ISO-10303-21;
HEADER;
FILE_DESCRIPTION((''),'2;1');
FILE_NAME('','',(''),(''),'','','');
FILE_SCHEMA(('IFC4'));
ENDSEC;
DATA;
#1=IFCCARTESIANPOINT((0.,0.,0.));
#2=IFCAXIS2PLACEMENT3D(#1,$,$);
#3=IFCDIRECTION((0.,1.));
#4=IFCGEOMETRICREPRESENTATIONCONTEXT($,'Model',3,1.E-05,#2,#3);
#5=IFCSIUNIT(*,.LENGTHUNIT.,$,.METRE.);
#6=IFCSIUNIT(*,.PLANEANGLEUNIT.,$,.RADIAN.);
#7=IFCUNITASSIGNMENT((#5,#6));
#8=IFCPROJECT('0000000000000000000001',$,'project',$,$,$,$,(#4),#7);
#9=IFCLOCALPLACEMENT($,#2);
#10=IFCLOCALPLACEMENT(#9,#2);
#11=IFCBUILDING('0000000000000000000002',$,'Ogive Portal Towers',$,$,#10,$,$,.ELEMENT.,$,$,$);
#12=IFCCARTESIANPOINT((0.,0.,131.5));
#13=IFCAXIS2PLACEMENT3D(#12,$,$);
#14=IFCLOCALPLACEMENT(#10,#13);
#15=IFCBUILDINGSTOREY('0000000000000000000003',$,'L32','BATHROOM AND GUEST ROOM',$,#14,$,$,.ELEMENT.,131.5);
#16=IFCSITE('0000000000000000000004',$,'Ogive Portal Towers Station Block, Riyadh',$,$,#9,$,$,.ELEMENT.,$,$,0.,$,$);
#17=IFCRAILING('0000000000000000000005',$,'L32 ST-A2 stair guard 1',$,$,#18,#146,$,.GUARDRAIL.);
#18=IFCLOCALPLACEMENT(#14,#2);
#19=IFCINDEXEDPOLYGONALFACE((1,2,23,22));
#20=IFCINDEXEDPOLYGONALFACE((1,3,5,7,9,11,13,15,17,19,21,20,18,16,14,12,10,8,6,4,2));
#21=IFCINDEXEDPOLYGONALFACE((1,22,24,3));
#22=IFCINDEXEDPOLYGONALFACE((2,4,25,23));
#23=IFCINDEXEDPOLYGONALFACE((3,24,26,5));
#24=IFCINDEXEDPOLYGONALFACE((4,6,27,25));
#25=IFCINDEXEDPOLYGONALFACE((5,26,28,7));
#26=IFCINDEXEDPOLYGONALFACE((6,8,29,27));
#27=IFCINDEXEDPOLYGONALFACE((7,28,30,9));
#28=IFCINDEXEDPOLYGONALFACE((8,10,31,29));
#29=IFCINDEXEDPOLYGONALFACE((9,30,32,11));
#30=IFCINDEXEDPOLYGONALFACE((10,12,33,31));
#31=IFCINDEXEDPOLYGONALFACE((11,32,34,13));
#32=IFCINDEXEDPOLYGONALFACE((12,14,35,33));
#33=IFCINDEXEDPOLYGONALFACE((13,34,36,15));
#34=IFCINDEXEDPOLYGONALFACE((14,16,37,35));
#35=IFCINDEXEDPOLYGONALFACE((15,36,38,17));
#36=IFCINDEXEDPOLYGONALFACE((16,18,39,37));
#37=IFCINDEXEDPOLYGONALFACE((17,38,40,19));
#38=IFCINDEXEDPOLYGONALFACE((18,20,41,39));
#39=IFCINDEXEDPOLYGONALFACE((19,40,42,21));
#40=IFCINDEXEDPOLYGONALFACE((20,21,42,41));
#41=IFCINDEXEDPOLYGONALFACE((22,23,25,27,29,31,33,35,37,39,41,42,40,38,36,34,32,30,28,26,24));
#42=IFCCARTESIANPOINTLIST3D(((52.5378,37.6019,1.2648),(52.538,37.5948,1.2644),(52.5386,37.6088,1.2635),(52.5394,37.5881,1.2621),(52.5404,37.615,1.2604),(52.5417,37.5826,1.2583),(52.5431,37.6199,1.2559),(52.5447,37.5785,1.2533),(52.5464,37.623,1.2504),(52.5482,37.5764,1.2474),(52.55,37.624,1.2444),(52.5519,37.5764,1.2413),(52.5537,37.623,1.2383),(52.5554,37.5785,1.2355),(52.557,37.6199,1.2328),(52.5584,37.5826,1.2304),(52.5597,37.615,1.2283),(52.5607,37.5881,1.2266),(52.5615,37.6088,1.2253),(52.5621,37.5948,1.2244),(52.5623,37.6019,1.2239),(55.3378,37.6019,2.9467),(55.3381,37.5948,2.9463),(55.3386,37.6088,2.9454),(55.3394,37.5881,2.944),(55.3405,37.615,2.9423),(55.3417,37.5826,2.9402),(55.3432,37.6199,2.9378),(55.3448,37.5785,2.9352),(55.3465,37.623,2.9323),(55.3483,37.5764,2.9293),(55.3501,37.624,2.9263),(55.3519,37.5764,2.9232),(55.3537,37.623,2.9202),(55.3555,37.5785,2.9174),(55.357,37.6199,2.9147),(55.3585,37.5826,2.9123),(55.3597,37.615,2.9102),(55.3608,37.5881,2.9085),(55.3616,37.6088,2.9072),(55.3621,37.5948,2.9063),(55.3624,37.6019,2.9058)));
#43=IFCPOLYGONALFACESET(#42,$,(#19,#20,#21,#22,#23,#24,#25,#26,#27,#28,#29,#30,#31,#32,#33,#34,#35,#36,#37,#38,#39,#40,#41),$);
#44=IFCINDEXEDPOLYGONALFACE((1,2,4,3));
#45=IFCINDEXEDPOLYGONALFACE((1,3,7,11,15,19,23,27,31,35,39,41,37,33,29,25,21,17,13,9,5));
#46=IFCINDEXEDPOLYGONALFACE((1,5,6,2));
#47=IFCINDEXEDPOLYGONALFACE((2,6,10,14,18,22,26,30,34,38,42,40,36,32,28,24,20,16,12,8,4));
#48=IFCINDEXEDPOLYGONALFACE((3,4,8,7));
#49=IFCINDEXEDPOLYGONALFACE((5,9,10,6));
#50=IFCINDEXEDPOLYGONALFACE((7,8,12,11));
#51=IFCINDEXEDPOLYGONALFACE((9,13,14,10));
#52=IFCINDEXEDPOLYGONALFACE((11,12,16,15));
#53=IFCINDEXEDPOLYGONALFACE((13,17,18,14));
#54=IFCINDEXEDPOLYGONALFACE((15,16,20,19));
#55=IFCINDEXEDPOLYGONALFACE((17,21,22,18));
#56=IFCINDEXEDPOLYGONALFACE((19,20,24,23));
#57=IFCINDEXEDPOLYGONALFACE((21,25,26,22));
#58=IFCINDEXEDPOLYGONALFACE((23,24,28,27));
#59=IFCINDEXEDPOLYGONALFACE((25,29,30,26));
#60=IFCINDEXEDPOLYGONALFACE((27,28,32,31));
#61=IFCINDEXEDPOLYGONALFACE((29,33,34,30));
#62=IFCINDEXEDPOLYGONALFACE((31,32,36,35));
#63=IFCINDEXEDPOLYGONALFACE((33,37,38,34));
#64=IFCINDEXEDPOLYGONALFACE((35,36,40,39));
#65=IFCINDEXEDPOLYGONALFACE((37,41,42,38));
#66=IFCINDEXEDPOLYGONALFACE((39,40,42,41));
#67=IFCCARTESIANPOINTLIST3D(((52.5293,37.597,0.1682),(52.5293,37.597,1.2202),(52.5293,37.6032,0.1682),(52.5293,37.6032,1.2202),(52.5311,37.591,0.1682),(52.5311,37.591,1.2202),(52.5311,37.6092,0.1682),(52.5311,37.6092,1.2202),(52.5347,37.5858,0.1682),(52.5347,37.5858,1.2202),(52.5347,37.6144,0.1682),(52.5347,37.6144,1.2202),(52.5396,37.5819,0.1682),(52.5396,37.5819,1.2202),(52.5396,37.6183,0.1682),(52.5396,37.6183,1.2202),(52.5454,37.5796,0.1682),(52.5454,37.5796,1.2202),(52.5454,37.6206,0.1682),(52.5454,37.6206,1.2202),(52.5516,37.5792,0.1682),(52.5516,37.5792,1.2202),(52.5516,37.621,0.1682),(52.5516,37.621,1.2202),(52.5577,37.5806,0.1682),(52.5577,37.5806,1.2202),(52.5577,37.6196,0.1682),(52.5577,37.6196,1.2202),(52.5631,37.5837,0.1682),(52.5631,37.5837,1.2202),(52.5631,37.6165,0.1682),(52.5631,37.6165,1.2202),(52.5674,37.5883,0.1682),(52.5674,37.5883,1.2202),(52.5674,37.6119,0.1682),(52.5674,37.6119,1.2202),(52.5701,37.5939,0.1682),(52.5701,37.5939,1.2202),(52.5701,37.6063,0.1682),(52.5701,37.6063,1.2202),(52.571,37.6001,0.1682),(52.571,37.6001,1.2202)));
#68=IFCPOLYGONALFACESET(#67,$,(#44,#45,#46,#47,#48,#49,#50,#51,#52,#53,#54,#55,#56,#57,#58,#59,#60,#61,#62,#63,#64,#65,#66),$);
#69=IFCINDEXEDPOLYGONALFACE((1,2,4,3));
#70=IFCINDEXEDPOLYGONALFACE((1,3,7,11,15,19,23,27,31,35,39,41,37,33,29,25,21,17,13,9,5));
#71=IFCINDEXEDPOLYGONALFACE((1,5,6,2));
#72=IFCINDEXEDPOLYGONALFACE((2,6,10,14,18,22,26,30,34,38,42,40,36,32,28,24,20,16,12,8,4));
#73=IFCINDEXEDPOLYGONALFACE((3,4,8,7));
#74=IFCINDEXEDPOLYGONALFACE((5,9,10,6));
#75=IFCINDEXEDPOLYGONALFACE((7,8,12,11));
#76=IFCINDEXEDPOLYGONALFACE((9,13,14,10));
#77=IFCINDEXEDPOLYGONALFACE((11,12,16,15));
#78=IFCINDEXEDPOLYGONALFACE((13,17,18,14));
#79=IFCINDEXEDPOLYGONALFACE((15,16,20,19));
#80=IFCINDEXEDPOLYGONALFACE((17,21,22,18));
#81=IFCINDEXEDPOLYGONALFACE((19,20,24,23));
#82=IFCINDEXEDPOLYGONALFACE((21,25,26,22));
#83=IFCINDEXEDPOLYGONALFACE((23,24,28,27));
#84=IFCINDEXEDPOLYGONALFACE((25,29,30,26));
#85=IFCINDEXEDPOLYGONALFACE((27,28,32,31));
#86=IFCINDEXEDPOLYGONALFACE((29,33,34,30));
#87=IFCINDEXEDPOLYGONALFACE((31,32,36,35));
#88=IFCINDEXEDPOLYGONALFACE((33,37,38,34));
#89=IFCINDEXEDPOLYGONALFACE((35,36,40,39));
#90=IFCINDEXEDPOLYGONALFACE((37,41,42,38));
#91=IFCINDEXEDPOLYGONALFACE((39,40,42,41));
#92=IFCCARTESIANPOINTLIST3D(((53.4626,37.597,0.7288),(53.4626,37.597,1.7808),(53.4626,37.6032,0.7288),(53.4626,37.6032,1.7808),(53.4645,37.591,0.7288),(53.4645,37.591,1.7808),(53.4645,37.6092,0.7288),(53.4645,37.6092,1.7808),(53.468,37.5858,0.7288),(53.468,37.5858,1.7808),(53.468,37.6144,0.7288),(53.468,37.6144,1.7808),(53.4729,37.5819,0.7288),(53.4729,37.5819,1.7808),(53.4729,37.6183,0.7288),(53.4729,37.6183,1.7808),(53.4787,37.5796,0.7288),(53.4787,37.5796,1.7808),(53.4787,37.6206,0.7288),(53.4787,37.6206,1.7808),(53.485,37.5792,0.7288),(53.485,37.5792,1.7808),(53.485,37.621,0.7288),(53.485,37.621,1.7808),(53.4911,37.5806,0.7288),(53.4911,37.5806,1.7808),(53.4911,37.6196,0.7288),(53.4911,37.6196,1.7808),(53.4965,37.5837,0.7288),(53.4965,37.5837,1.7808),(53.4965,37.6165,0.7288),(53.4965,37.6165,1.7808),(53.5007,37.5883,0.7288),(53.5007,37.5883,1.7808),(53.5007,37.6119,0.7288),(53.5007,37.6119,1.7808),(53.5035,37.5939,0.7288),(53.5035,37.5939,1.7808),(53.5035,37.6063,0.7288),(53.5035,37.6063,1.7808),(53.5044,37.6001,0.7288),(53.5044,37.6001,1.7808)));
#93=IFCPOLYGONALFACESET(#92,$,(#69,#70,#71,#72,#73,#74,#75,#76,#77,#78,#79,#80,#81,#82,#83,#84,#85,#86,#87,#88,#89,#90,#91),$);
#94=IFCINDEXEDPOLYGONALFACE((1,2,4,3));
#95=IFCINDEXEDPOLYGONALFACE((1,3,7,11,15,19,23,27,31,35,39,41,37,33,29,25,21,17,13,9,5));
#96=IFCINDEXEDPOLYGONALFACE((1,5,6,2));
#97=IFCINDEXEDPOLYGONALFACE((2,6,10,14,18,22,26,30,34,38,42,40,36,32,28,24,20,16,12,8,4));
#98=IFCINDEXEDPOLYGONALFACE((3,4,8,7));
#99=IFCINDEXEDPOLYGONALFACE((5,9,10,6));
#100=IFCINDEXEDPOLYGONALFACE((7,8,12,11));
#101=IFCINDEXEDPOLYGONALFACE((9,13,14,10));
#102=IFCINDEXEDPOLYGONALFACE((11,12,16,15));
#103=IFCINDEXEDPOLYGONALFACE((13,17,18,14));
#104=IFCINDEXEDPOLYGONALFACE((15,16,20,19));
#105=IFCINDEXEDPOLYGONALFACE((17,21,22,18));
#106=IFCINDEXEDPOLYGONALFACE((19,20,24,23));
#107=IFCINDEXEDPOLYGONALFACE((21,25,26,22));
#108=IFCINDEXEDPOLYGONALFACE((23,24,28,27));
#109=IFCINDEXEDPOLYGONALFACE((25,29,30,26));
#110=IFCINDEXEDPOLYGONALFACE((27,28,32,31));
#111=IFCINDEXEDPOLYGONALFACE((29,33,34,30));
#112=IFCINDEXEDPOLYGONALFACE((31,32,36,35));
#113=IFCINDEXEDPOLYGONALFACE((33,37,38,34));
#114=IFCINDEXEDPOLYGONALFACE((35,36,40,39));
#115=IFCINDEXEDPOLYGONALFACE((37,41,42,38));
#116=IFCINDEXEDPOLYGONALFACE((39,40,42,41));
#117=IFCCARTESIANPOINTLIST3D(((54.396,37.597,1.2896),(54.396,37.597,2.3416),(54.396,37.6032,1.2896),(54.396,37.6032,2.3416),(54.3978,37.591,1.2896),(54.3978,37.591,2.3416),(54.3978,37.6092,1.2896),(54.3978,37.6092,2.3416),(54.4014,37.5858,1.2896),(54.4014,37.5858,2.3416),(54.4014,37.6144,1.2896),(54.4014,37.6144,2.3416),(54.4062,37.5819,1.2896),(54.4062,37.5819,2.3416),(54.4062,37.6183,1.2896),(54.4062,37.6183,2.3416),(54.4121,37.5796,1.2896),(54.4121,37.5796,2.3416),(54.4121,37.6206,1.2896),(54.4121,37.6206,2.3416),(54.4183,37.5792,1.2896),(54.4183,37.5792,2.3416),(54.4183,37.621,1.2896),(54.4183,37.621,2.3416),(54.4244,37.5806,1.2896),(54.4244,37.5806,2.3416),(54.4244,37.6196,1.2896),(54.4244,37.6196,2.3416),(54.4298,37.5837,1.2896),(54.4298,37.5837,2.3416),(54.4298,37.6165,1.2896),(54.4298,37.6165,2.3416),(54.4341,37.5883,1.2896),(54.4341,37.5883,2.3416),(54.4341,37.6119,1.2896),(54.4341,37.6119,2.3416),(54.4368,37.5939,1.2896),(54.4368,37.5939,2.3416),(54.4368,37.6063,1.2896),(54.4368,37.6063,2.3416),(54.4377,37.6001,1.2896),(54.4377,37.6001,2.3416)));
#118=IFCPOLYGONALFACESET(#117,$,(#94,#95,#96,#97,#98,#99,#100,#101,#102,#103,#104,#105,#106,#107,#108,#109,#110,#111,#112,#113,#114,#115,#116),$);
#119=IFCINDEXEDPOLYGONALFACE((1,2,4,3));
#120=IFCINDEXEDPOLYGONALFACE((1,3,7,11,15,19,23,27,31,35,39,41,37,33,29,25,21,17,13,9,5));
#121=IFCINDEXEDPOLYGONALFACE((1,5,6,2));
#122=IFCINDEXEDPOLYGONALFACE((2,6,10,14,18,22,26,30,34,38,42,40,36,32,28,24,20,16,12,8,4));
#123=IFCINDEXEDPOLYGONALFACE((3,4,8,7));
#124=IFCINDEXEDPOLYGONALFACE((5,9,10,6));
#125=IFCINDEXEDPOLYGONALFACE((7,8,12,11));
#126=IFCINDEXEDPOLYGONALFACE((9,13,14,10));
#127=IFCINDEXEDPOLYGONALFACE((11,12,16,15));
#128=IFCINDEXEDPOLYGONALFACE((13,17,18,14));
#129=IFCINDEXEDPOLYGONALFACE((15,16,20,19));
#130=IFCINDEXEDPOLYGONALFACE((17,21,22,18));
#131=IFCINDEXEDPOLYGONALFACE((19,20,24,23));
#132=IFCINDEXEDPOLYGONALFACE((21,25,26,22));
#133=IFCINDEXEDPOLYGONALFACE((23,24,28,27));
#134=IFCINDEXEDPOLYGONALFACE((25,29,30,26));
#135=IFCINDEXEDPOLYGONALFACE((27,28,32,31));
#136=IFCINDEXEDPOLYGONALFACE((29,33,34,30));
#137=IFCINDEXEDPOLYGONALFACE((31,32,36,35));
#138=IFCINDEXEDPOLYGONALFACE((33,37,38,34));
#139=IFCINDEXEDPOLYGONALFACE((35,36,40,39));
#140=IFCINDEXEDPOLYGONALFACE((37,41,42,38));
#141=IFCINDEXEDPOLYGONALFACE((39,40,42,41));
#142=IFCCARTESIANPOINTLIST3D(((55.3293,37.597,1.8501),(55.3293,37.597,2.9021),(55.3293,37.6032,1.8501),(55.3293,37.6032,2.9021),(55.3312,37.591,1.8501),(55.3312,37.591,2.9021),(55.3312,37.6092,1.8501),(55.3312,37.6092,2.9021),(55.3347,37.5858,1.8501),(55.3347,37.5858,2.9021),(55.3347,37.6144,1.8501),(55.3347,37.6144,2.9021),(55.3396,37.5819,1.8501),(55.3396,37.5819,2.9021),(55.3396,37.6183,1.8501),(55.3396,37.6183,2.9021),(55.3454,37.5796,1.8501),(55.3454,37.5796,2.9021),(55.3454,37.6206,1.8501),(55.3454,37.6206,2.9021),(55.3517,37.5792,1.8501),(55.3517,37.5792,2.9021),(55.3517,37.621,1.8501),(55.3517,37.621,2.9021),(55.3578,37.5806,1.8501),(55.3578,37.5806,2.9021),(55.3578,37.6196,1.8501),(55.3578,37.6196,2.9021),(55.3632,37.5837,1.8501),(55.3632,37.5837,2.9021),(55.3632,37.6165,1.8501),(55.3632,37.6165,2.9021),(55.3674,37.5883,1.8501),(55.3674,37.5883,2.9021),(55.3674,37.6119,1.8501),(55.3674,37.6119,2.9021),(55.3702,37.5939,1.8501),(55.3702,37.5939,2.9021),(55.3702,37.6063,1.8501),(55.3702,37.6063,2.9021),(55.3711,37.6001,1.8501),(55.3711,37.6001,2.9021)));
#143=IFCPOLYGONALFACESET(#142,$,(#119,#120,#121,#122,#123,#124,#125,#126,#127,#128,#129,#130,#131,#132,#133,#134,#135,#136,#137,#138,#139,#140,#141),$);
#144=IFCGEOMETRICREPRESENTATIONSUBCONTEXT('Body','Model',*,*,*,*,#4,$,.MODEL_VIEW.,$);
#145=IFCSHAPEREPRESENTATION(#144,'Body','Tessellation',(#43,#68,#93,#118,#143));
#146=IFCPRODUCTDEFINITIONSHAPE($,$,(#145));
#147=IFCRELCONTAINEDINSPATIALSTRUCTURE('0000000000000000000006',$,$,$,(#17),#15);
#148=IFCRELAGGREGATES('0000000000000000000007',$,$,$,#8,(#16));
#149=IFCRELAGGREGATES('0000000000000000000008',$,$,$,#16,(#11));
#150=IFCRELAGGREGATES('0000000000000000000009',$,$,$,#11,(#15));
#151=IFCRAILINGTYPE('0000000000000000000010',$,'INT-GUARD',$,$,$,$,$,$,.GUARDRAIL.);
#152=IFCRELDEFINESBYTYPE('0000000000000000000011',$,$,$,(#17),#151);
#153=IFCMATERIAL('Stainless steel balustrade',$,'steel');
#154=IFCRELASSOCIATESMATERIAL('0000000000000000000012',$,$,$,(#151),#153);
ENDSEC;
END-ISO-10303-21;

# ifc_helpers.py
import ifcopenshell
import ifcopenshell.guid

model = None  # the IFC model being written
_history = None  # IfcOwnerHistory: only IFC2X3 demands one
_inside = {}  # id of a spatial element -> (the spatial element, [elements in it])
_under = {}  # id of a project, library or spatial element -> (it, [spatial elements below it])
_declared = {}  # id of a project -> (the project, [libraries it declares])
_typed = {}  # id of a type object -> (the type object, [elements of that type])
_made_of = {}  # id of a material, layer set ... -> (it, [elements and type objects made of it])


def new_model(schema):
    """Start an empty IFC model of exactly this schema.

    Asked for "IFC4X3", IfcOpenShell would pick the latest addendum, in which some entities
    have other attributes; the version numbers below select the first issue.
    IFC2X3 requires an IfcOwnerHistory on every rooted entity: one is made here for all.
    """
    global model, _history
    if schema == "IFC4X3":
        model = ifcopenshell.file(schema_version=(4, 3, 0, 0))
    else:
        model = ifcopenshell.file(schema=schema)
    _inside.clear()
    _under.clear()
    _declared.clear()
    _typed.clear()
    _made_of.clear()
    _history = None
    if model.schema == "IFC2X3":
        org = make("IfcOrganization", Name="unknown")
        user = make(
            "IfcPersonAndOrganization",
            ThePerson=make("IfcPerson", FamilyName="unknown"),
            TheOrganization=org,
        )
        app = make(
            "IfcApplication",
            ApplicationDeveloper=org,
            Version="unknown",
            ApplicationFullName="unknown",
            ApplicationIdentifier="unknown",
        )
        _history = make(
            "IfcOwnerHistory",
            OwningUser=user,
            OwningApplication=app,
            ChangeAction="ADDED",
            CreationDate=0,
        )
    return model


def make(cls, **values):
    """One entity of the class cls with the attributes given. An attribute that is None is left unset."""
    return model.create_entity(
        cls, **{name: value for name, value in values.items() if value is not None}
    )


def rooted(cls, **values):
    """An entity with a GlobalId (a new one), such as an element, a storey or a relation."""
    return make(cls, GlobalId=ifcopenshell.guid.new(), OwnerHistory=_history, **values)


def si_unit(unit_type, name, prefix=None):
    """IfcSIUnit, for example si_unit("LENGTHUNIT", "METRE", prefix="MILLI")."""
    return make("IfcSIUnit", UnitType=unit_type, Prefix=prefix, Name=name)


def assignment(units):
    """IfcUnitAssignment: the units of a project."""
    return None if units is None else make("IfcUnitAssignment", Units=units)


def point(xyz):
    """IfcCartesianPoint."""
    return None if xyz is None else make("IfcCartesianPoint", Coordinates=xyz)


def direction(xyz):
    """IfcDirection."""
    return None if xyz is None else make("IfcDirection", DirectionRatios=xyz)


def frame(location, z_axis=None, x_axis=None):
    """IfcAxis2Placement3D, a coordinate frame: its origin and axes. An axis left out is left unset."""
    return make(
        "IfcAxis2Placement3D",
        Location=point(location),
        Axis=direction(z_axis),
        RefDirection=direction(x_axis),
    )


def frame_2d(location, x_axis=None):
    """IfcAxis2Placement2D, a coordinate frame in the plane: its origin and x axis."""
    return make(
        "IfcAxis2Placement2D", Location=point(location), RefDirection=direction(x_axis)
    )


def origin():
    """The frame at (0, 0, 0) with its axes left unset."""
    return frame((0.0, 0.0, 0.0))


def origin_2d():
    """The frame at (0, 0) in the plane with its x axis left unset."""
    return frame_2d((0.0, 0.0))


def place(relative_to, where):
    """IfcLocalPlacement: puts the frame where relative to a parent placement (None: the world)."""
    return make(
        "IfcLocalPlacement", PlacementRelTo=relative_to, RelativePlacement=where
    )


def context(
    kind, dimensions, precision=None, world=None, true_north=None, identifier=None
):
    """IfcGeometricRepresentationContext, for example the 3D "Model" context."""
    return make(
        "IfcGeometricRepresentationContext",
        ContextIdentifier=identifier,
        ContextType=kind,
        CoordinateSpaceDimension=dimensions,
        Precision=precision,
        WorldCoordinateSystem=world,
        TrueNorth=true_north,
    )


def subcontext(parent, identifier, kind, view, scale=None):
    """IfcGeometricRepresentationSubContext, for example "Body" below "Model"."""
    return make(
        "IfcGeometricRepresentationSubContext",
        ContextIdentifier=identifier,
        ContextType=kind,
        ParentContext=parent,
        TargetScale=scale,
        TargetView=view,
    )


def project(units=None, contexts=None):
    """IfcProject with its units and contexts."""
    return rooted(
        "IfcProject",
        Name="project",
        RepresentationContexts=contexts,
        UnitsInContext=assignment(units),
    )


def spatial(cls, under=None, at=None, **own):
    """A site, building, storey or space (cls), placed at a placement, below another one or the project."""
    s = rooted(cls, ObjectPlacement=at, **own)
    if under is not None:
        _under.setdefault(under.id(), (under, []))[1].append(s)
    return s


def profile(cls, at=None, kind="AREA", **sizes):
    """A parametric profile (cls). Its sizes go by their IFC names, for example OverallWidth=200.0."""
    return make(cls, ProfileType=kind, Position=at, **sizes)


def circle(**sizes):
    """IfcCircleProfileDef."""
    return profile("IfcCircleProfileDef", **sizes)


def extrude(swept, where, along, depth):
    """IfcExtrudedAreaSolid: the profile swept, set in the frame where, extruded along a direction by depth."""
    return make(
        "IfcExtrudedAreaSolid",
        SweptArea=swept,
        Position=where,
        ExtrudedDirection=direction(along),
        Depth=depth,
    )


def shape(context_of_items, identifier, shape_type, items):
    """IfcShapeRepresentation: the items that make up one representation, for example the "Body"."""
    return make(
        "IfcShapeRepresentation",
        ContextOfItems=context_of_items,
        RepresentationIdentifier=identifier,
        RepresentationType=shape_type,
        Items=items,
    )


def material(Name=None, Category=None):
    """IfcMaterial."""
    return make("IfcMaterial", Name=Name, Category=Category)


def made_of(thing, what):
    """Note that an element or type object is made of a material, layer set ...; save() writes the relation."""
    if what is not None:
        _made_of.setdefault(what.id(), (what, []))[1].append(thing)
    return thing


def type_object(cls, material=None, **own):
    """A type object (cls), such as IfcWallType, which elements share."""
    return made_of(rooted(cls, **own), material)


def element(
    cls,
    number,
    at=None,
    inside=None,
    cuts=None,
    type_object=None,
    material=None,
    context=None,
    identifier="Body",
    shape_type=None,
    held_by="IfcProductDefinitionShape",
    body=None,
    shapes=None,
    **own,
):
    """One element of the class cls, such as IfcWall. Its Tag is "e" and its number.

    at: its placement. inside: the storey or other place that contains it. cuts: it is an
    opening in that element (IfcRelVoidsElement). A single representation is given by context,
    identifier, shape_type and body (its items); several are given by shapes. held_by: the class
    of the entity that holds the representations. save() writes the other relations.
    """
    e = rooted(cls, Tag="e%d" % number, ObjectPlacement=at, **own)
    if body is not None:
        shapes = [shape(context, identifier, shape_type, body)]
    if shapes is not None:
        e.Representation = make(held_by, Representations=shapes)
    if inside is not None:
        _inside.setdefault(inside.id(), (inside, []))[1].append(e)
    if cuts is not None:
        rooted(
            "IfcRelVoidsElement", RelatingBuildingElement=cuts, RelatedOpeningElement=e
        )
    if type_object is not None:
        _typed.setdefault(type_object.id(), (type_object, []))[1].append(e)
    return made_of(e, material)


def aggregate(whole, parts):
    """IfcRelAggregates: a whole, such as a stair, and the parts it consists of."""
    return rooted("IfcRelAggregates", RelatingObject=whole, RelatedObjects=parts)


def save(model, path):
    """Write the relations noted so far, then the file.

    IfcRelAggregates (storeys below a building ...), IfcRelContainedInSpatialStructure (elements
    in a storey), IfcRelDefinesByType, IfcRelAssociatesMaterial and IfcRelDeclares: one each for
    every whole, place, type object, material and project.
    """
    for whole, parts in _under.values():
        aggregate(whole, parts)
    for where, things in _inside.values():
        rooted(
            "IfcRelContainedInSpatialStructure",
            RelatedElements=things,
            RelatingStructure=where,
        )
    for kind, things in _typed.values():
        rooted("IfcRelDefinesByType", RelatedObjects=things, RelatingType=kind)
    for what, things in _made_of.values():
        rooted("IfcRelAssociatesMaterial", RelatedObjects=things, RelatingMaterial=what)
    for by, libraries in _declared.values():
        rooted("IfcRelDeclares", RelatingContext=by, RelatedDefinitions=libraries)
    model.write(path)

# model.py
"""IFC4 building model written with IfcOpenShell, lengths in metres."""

from ifc_helpers import new_model, si_unit, direction, frame, origin, origin_2d, place, context, subcontext, project, spatial, circle, extrude, material, type_object, element, save


model = new_model("IFC4")

# Units and contexts
model_context = context("Model", 3, precision=1e-05, world=origin(), true_north=direction((0.0, 1.0)))
body_context = subcontext(model_context, "Body", "Model", "MODEL_VIEW")
ifc_project = project(units=[si_unit("LENGTHUNIT", "METRE"), si_unit("PLANEANGLEUNIT", "RADIAN")], contexts=[model_context])

# Site, building, storey
site_placement = place(None, origin())
site = spatial("IfcSite", under=ifc_project, at=site_placement, Name="Ogive Portal Towers Station Block, Riyadh", CompositionType="ELEMENT", RefElevation=0.0)
building_placement = place(site_placement, origin())
building = spatial("IfcBuilding", under=site, at=building_placement, Name="Ogive Portal Towers", CompositionType="ELEMENT")
storey_placement = place(building_placement, frame((0.0, 0.0, 131.5)))
storey = spatial("IfcBuildingStorey", under=building, at=storey_placement, Name="L32", Description="BATHROOM AND GUEST ROOM", CompositionType="ELEMENT", Elevation=131.5)

# Railing
ifc_material_1 = material(Name="Stainless steel balustrade", Category="steel")
railing_type_1 = type_object("IfcRailingType", Name="INT-GUARD", PredefinedType="GUARDRAIL", material=ifc_material_1)
railing_1_placement = place(storey_placement, frame((52.55, 37.6001, 0.1682)))
element("IfcRailing", 1, at=railing_1_placement, inside=storey, type_object=railing_type_1, Name="L32 ST-A2 stair guard 1", PredefinedType="GUARDRAIL", context=body_context, shape_type="SweptSolid", body=[
    extrude(circle(Radius=0.0239, at=origin_2d()), frame((0.0, 0.0, 1.0762), z_axis=(0.857242, 0.0, 0.514913), x_axis=(0.0, 1.0, 0.0)), (0.0, 0.0, 1.0), 3.2664),
    extrude(circle(Radius=0.021, at=origin_2d()), origin(), (0.0, 0.0, 1.0), 1.052),
    extrude(circle(Radius=0.021, at=origin_2d()), frame((0.9333, 0.0, 0.5605)), (0.0, 0.0, 1.0), 1.052),
    extrude(circle(Radius=0.021, at=origin_2d()), frame((1.8667, 0.0, 1.1213)), (0.0, 0.0, 1.0), 1.052),
    extrude(circle(Radius=0.021, at=origin_2d()), frame((2.8, 0.0, 1.6819)), (0.0, 0.0, 1.0), 1.052),
])

save(model, "model.ifc")
